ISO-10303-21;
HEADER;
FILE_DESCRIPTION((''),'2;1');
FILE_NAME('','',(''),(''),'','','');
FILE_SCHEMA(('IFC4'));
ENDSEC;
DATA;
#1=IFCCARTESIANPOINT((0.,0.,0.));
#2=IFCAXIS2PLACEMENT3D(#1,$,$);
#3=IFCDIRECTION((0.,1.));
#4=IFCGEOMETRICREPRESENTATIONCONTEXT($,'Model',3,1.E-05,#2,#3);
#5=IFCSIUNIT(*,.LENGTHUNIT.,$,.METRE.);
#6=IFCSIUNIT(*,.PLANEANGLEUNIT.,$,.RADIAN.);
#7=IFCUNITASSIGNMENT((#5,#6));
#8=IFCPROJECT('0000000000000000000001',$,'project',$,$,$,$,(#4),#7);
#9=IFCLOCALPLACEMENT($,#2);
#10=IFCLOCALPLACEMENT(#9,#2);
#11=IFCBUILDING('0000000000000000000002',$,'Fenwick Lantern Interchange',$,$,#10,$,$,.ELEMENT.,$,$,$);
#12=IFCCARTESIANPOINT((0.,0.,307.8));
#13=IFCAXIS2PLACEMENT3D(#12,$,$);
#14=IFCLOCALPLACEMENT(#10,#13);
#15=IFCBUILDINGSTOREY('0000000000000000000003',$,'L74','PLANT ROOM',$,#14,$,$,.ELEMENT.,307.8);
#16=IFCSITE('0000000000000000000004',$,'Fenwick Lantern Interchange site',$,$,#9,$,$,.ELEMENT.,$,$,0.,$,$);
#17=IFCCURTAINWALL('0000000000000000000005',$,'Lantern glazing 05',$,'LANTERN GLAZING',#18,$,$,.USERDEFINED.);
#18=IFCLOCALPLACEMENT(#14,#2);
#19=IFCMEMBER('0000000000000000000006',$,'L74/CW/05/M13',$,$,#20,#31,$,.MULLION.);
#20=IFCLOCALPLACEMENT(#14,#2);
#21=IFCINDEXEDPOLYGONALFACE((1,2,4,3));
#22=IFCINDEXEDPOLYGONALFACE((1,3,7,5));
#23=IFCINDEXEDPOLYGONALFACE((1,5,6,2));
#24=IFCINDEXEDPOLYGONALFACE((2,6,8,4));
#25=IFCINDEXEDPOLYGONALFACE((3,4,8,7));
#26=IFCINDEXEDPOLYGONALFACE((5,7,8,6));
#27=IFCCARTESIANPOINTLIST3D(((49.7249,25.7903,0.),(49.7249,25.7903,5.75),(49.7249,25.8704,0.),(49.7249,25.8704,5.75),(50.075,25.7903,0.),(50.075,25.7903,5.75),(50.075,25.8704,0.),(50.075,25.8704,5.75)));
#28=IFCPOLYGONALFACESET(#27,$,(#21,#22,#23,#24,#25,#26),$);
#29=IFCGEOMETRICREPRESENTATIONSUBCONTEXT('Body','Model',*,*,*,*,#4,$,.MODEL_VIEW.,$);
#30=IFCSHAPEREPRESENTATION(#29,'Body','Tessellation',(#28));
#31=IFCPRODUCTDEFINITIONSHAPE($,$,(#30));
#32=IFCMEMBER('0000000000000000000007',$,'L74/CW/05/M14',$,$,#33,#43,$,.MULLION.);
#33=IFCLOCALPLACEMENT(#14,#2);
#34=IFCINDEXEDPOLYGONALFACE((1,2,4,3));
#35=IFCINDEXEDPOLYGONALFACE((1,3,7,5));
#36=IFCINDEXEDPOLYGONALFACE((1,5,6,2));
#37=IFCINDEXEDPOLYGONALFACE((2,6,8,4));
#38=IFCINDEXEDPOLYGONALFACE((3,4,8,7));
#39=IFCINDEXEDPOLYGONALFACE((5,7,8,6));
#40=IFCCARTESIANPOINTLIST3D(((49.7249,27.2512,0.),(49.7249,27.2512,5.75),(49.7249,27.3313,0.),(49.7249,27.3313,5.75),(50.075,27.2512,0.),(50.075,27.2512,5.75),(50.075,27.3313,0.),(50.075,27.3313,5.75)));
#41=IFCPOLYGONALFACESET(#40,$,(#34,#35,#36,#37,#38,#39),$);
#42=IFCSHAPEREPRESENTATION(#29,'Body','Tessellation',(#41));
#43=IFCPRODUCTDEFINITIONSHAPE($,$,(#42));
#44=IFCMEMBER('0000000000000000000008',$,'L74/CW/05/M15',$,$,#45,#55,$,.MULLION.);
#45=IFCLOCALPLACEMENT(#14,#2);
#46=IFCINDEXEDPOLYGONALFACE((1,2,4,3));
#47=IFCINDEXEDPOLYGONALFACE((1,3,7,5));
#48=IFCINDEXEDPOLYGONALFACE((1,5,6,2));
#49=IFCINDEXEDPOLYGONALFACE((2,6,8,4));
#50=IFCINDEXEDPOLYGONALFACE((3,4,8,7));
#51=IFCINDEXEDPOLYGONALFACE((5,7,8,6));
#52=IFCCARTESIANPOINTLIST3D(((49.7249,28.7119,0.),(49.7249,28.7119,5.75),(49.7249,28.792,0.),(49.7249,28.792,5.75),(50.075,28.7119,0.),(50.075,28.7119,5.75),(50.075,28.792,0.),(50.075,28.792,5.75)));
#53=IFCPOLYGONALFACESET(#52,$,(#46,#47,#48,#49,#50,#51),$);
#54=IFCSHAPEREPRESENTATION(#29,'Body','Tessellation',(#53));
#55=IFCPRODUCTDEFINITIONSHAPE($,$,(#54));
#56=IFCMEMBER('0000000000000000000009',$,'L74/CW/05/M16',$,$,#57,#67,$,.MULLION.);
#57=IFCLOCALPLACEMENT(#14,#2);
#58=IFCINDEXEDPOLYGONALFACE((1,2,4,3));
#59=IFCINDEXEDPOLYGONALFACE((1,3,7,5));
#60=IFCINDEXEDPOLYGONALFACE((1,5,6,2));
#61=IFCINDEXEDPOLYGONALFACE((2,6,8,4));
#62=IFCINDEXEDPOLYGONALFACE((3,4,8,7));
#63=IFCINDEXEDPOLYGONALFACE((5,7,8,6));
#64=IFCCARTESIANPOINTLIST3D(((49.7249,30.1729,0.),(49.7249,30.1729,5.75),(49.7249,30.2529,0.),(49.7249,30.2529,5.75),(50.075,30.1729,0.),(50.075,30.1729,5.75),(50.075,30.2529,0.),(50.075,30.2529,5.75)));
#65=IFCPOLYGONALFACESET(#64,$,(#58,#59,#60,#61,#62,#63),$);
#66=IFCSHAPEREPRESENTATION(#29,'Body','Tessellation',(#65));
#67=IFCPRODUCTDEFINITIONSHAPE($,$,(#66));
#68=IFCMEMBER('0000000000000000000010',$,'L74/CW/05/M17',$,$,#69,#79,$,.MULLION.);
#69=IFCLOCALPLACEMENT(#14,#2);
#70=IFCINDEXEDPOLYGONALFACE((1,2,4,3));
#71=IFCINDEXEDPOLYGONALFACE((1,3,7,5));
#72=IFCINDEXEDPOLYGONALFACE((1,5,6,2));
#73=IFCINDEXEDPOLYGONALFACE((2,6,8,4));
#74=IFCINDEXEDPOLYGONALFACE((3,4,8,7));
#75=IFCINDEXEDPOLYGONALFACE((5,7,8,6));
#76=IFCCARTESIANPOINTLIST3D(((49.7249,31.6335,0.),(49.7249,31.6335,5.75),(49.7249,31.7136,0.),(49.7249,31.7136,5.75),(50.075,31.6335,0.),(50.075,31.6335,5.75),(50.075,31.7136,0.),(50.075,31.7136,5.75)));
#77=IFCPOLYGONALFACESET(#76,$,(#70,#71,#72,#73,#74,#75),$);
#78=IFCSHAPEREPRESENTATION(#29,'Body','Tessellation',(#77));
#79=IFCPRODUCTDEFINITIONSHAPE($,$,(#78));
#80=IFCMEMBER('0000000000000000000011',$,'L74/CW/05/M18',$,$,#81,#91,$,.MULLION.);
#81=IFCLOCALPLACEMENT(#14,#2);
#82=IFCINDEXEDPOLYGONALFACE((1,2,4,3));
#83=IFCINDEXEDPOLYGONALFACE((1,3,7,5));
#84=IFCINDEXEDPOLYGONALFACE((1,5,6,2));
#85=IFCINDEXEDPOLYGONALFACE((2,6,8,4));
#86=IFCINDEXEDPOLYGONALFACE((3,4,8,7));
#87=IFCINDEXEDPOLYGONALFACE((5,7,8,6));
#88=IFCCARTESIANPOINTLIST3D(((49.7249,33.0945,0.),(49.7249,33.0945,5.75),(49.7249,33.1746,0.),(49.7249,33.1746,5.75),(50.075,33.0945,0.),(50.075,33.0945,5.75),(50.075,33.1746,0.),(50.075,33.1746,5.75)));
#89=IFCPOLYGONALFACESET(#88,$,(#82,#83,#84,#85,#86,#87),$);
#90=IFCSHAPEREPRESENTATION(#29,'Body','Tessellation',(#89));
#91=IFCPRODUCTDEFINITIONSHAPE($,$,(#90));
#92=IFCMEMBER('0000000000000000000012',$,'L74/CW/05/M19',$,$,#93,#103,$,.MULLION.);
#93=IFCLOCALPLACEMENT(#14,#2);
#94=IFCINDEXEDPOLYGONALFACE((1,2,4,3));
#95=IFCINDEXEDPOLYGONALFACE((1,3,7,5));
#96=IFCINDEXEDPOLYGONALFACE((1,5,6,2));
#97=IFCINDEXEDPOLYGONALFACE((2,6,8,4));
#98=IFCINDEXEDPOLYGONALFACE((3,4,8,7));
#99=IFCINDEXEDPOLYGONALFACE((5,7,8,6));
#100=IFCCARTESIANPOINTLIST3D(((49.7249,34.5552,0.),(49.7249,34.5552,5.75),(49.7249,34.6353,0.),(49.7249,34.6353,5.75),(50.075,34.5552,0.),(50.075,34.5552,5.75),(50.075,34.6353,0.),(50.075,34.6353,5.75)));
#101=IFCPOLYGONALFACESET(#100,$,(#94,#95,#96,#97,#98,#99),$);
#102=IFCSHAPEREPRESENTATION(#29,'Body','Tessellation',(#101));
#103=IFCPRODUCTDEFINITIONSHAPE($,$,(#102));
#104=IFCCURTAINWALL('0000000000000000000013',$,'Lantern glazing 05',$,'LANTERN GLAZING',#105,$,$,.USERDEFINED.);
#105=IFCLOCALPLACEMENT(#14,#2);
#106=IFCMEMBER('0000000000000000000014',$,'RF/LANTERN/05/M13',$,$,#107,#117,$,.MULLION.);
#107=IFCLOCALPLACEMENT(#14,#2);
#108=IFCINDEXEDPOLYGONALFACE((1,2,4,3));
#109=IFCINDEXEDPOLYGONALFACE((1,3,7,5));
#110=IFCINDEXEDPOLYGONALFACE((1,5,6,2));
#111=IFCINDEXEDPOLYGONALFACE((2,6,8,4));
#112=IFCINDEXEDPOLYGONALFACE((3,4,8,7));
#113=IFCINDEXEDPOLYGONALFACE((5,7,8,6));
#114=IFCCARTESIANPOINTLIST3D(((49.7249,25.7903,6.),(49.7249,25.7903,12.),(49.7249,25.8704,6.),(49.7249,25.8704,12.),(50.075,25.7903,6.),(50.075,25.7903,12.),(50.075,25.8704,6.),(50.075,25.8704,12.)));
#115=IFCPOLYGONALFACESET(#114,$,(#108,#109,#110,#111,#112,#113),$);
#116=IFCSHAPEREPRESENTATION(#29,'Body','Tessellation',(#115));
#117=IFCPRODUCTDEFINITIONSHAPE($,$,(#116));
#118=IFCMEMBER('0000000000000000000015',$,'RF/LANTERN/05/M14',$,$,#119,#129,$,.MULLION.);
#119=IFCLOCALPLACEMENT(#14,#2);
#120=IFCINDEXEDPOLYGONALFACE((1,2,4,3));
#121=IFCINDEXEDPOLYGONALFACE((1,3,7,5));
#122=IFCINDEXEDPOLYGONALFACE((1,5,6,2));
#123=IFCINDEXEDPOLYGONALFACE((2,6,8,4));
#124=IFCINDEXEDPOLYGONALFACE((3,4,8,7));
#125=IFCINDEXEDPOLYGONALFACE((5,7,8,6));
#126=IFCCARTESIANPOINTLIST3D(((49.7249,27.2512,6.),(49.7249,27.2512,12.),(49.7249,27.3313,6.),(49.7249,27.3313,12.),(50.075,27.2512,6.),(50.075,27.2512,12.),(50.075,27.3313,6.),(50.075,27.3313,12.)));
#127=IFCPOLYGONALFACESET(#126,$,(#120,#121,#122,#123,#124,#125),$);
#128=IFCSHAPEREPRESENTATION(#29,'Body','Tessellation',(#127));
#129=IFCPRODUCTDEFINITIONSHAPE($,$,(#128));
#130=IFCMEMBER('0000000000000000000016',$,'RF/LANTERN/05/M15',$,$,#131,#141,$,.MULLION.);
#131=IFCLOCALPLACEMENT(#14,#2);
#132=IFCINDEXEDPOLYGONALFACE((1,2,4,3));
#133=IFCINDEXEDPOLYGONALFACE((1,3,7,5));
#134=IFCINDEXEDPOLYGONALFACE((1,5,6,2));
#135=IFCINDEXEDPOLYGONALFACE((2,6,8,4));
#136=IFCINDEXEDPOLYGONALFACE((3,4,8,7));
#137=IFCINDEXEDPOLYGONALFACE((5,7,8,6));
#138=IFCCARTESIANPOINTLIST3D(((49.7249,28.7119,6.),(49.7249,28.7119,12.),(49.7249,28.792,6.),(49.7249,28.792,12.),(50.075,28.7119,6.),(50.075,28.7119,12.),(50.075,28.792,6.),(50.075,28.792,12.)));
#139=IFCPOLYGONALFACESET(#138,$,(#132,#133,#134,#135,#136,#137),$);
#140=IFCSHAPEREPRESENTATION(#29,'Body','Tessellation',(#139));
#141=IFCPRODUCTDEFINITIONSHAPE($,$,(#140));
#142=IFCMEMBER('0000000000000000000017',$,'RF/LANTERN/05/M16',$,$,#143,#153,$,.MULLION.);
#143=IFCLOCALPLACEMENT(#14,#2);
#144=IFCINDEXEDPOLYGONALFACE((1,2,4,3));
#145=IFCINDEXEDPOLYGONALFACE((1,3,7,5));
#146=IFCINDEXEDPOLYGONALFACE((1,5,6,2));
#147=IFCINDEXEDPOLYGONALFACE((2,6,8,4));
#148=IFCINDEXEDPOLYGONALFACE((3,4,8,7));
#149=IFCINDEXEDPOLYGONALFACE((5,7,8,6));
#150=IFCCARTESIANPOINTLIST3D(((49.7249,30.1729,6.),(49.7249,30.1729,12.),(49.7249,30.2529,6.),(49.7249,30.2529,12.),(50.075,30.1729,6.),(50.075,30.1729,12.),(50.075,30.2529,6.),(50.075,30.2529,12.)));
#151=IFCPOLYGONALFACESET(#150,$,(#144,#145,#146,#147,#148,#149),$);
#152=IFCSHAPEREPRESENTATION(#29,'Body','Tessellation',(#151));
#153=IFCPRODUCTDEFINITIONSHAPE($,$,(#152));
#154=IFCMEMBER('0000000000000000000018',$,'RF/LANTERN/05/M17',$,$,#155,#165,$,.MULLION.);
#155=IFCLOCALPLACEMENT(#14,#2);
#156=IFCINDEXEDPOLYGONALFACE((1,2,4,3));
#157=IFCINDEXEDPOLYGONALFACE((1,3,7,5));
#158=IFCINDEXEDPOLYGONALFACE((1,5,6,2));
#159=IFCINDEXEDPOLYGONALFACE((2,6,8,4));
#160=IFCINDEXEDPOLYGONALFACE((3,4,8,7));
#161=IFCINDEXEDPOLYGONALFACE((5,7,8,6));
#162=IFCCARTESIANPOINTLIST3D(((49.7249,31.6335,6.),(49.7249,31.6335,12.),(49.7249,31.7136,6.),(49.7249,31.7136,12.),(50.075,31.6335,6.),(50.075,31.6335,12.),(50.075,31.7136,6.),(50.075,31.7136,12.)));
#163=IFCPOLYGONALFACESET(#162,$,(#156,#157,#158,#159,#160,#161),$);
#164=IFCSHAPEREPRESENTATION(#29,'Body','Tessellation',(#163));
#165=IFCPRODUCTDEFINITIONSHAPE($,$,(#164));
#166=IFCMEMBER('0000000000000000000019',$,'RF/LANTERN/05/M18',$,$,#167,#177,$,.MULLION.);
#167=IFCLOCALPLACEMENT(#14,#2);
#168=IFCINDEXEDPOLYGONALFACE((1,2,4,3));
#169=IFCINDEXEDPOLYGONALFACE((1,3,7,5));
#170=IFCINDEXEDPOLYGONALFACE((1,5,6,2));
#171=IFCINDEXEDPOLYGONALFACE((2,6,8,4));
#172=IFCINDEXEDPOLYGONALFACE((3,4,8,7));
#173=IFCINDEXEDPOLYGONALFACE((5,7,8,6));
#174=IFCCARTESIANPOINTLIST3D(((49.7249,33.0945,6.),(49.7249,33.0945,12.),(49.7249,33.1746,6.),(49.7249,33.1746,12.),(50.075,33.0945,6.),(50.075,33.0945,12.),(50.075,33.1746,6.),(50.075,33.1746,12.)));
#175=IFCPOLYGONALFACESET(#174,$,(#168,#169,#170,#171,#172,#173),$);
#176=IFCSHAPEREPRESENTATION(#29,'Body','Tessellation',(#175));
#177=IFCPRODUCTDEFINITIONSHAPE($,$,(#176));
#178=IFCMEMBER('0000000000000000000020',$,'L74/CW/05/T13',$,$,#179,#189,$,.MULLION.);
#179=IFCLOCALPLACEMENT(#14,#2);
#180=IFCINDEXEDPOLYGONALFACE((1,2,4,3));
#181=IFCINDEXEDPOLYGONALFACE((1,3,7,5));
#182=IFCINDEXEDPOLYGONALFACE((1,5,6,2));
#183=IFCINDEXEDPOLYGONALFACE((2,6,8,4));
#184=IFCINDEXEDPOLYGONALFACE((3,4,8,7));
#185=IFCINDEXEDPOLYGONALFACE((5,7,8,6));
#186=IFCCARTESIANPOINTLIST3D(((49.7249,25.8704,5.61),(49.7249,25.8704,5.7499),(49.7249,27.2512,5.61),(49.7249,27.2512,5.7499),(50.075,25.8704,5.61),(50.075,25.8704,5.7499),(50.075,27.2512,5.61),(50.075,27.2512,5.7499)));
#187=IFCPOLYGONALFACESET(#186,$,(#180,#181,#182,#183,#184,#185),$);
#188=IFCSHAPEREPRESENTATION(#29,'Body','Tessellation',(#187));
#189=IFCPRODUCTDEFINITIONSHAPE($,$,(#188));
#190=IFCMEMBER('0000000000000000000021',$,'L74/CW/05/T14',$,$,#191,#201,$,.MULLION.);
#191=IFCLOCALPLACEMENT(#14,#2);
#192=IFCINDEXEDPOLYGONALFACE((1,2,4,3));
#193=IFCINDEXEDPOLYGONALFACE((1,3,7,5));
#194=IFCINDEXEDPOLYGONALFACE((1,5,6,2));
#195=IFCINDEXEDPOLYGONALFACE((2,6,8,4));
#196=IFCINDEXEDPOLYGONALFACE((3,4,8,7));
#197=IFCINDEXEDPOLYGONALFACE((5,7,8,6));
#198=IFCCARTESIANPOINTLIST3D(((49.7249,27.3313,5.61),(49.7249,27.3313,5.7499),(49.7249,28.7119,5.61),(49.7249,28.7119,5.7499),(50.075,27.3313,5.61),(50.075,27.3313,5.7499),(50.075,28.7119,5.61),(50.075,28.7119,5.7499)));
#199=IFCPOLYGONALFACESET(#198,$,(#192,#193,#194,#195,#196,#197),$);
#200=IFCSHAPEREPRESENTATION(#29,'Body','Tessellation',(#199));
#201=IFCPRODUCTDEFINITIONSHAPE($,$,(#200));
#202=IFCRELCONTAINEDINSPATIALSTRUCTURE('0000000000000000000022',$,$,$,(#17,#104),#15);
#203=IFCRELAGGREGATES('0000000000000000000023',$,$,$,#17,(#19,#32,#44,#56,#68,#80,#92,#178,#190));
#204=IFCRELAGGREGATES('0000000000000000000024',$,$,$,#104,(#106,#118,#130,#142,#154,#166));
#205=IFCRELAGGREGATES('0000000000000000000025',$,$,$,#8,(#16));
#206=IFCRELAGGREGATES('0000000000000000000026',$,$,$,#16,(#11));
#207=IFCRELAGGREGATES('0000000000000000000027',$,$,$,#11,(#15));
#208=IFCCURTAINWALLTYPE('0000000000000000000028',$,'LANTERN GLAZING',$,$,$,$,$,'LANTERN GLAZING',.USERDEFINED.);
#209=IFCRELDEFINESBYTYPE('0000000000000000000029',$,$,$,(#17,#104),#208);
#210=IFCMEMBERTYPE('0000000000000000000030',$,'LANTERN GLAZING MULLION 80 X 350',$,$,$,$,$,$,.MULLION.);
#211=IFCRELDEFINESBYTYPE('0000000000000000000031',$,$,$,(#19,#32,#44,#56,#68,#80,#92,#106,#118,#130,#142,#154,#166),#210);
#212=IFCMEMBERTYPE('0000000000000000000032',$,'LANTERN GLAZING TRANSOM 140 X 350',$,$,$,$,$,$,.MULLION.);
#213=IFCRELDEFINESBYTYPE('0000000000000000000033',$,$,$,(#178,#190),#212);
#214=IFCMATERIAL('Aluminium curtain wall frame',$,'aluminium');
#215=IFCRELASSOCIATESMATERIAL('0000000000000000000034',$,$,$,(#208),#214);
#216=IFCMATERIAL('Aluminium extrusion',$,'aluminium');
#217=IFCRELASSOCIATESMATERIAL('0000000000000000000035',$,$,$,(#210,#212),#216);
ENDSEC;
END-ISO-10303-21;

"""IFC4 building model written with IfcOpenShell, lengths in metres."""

from ifc_helpers import new_model, si_unit, direction, frame, origin, origin_2d, place, context, subcontext, project, spatial, rectangle, extrude, material, material_profile, profile_set, type_object, element, aggregate, save


model = new_model("IFC4")

# Units and contexts
model_context = context("Model", 3, precision=1e-05, world=origin(), true_north=direction((0.0, 1.0)))
body_context = subcontext(model_context, "Body", "Model", "MODEL_VIEW")
ifc_project = project(units=[si_unit("LENGTHUNIT", "METRE"), si_unit("PLANEANGLEUNIT", "RADIAN")], contexts=[model_context])

# Site, building, storey
site_placement = place(None, origin())
site = spatial("IfcSite", under=ifc_project, at=site_placement, Name="Fenwick Lantern Interchange site", CompositionType="ELEMENT", RefElevation=0.0)
building_placement = place(site_placement, origin())
building = spatial("IfcBuilding", under=site, at=building_placement, Name="Fenwick Lantern Interchange", CompositionType="ELEMENT")
storey_placement = place(building_placement, frame((0.0, 0.0, 307.8)))
storey = spatial("IfcBuildingStorey", under=building, at=storey_placement, Name="L74", Description="PLANT ROOM", CompositionType="ELEMENT", Elevation=307.8)

# Curtain walls, members
ifc_material_1 = material(Name="Aluminium curtain wall frame", Category="aluminium")
curtain_wall_type = type_object("IfcCurtainWallType", Name="LANTERN GLAZING", ElementType="LANTERN GLAZING", PredefinedType="USERDEFINED", material=ifc_material_1)
curtain_wall_1_placement = place(storey_placement, origin())
curtain_wall_1 = element("IfcCurtainWall", 1, at=curtain_wall_1_placement, inside=storey, type_object=curtain_wall_type, Name="Lantern glazing 05", ObjectType="LANTERN GLAZING", PredefinedType="USERDEFINED")
ifc_material_2 = material(Name="Aluminium extrusion", Category="aluminium")
ifc_material_profile_1 = material_profile(ifc_material_2, rectangle(XDim=0.3501, YDim=0.0801, at=origin_2d()), Name="LANTERN GLAZING MULLION 80 X 350")
ifc_profile_set_1 = profile_set([ifc_material_profile_1], Name="Aluminium extrusion")
member_type_1 = type_object("IfcMemberType", Name="LANTERN GLAZING MULLION 80 X 350", PredefinedType="MULLION", material=ifc_profile_set_1)
member_1_placement = place(storey_placement, frame((49.8999, 25.8303, 0.0), z_axis=(0.0, 0.0, 1.0), x_axis=(-1.0, 0.0, 0.0)))
member_1 = element("IfcMember", 2, at=member_1_placement, type_object=member_type_1, Name="L74/CW/05/M13", PredefinedType="MULLION", context=body_context, shape_type="SweptSolid", body=[
    extrude(rectangle(XDim=0.3501, YDim=0.0801, at=origin_2d()), origin(), (0.0, 0.0, 1.0), 5.75),
])
member_2_placement = place(storey_placement, frame((49.8999, 27.2913, 0.0), z_axis=(0.0, 0.0, 1.0), x_axis=(-1.0, 0.0, 0.0)))
member_2 = element("IfcMember", 3, at=member_2_placement, type_object=member_type_1, Name="L74/CW/05/M14", PredefinedType="MULLION", context=body_context, shape_type="SweptSolid", body=[
    extrude(rectangle(XDim=0.3501, YDim=0.0801, at=origin_2d()), origin(), (0.0, 0.0, 1.0), 5.75),
])
member_3_placement = place(storey_placement, frame((49.8999, 28.752, 0.0), z_axis=(0.0, 0.0, 1.0), x_axis=(-1.0, 0.0, 0.0)))
member_3 = element("IfcMember", 4, at=member_3_placement, type_object=member_type_1, Name="L74/CW/05/M15", PredefinedType="MULLION", context=body_context, shape_type="SweptSolid", body=[
    extrude(rectangle(XDim=0.3501, YDim=0.0801, at=origin_2d()), origin(), (0.0, 0.0, 1.0), 5.75),
])
member_4_placement = place(storey_placement, frame((49.8999, 30.2129, 0.0), z_axis=(0.0, 0.0, 1.0), x_axis=(-1.0, 0.0, 0.0)))
member_4 = element("IfcMember", 5, at=member_4_placement, type_object=member_type_1, Name="L74/CW/05/M16", PredefinedType="MULLION", context=body_context, shape_type="SweptSolid", body=[
    extrude(rectangle(XDim=0.3501, YDim=0.0801, at=origin_2d()), origin(), (0.0, 0.0, 1.0), 5.75),
])
member_5_placement = place(storey_placement, frame((49.8999, 31.6736, 0.0), z_axis=(0.0, 0.0, 1.0), x_axis=(-1.0, 0.0, 0.0)))
member_5 = element("IfcMember", 6, at=member_5_placement, type_object=member_type_1, Name="L74/CW/05/M17", PredefinedType="MULLION", context=body_context, shape_type="SweptSolid", body=[
    extrude(rectangle(XDim=0.3501, YDim=0.0801, at=origin_2d()), origin(), (0.0, 0.0, 1.0), 5.75),
])
member_6_placement = place(storey_placement, frame((49.8999, 33.1345, 0.0), z_axis=(0.0, 0.0, 1.0), x_axis=(-1.0, 0.0, 0.0)))
member_6 = element("IfcMember", 7, at=member_6_placement, type_object=member_type_1, Name="L74/CW/05/M18", PredefinedType="MULLION", context=body_context, shape_type="SweptSolid", body=[
    extrude(rectangle(XDim=0.3501, YDim=0.0801, at=origin_2d()), origin(), (0.0, 0.0, 1.0), 5.75),
])
member_7_placement = place(storey_placement, frame((49.8999, 34.5952, 0.0), z_axis=(0.0, 0.0, 1.0), x_axis=(-1.0, 0.0, 0.0)))
member_7 = element("IfcMember", 8, at=member_7_placement, type_object=member_type_1, Name="L74/CW/05/M19", PredefinedType="MULLION", context=body_context, shape_type="SweptSolid", body=[
    extrude(rectangle(XDim=0.3501, YDim=0.0801, at=origin_2d()), origin(), (0.0, 0.0, 1.0), 5.75),
])
curtain_wall_2_placement = place(storey_placement, origin())
curtain_wall_2 = element("IfcCurtainWall", 9, at=curtain_wall_2_placement, inside=storey, type_object=curtain_wall_type, Name="Lantern glazing 05", ObjectType="LANTERN GLAZING", PredefinedType="USERDEFINED")
member_8_placement = place(storey_placement, frame((49.8999, 25.8303, 6.0), z_axis=(0.0, 0.0, 1.0), x_axis=(-1.0, 0.0, 0.0)))
member_8 = element("IfcMember", 10, at=member_8_placement, type_object=member_type_1, Name="RF/LANTERN/05/M13", PredefinedType="MULLION", context=body_context, shape_type="SweptSolid", body=[
    extrude(rectangle(XDim=0.3501, YDim=0.0801, at=origin_2d()), origin(), (0.0, 0.0, 1.0), 6.0),
])
member_9_placement = place(storey_placement, frame((49.8999, 27.2913, 6.0), z_axis=(0.0, 0.0, 1.0), x_axis=(-1.0, 0.0, 0.0)))
member_9 = element("IfcMember", 11, at=member_9_placement, type_object=member_type_1, Name="RF/LANTERN/05/M14", PredefinedType="MULLION", context=body_context, shape_type="SweptSolid", body=[
    extrude(rectangle(XDim=0.3501, YDim=0.0801, at=origin_2d()), origin(), (0.0, 0.0, 1.0), 6.0),
])
member_10_placement = place(storey_placement, frame((49.8999, 28.752, 6.0), z_axis=(0.0, 0.0, 1.0), x_axis=(-1.0, 0.0, 0.0)))
member_10 = element("IfcMember", 12, at=member_10_placement, type_object=member_type_1, Name="RF/LANTERN/05/M15", PredefinedType="MULLION", context=body_context, shape_type="SweptSolid", body=[
    extrude(rectangle(XDim=0.3501, YDim=0.0801, at=origin_2d()), origin(), (0.0, 0.0, 1.0), 6.0),
])
member_11_placement = place(storey_placement, frame((49.8999, 30.2129, 6.0), z_axis=(0.0, 0.0, 1.0), x_axis=(-1.0, 0.0, 0.0)))
member_11 = element("IfcMember", 13, at=member_11_placement, type_object=member_type_1, Name="RF/LANTERN/05/M16", PredefinedType="MULLION", context=body_context, shape_type="SweptSolid", body=[
    extrude(rectangle(XDim=0.3501, YDim=0.0801, at=origin_2d()), origin(), (0.0, 0.0, 1.0), 6.0),
])
member_12_placement = place(storey_placement, frame((49.8999, 31.6736, 6.0), z_axis=(0.0, 0.0, 1.0), x_axis=(-1.0, 0.0, 0.0)))
member_12 = element("IfcMember", 14, at=member_12_placement, type_object=member_type_1, Name="RF/LANTERN/05/M17", PredefinedType="MULLION", context=body_context, shape_type="SweptSolid", body=[
    extrude(rectangle(XDim=0.3501, YDim=0.0801, at=origin_2d()), origin(), (0.0, 0.0, 1.0), 6.0),
])
member_13_placement = place(storey_placement, frame((49.8999, 33.1345, 6.0), z_axis=(0.0, 0.0, 1.0), x_axis=(-1.0, 0.0, 0.0)))
member_13 = element("IfcMember", 15, at=member_13_placement, type_object=member_type_1, Name="RF/LANTERN/05/M18", PredefinedType="MULLION", context=body_context, shape_type="SweptSolid", body=[
    extrude(rectangle(XDim=0.3501, YDim=0.0801, at=origin_2d()), origin(), (0.0, 0.0, 1.0), 6.0),
])

# Members
ifc_material_profile_2 = material_profile(ifc_material_2, rectangle(XDim=0.3501, YDim=0.1399, at=origin_2d()), Name="LANTERN GLAZING TRANSOM 140 X 350")
ifc_profile_set_2 = profile_set([ifc_material_profile_2], Name="Aluminium extrusion")
member_type_2 = type_object("IfcMemberType", Name="LANTERN GLAZING TRANSOM 140 X 350", PredefinedType="MULLION", material=ifc_profile_set_2)
member_14_placement = place(storey_placement, frame((49.8999, 25.8704, 5.6799), z_axis=(0.0, 1.0, 0.0), x_axis=(-1.0, 0.0, 0.0)))
member_14 = element("IfcMember", 16, at=member_14_placement, type_object=member_type_2, Name="L74/CW/05/T13", PredefinedType="MULLION", context=body_context, shape_type="SweptSolid", body=[
    extrude(rectangle(XDim=0.3501, YDim=0.1399, at=origin_2d()), origin(), (0.0, 0.0, 1.0), 1.3809),
])
member_15_placement = place(storey_placement, frame((49.8999, 27.3313, 5.6799), z_axis=(0.0, 1.0, 0.0), x_axis=(-1.0, 0.0, 0.0)))
member_15 = element("IfcMember", 17, at=member_15_placement, type_object=member_type_2, Name="L74/CW/05/T14", PredefinedType="MULLION", context=body_context, shape_type="SweptSolid", body=[
    extrude(rectangle(XDim=0.3501, YDim=0.1399, at=origin_2d()), origin(), (0.0, 0.0, 1.0), 1.3806),
])

aggregate(curtain_wall_1, [member_1, member_2, member_3, member_4, member_5, member_6, member_7, member_14, member_15])
aggregate(curtain_wall_2, [member_8, member_9, member_10, member_11, member_12, member_13])

save(model, "model.ifc")
